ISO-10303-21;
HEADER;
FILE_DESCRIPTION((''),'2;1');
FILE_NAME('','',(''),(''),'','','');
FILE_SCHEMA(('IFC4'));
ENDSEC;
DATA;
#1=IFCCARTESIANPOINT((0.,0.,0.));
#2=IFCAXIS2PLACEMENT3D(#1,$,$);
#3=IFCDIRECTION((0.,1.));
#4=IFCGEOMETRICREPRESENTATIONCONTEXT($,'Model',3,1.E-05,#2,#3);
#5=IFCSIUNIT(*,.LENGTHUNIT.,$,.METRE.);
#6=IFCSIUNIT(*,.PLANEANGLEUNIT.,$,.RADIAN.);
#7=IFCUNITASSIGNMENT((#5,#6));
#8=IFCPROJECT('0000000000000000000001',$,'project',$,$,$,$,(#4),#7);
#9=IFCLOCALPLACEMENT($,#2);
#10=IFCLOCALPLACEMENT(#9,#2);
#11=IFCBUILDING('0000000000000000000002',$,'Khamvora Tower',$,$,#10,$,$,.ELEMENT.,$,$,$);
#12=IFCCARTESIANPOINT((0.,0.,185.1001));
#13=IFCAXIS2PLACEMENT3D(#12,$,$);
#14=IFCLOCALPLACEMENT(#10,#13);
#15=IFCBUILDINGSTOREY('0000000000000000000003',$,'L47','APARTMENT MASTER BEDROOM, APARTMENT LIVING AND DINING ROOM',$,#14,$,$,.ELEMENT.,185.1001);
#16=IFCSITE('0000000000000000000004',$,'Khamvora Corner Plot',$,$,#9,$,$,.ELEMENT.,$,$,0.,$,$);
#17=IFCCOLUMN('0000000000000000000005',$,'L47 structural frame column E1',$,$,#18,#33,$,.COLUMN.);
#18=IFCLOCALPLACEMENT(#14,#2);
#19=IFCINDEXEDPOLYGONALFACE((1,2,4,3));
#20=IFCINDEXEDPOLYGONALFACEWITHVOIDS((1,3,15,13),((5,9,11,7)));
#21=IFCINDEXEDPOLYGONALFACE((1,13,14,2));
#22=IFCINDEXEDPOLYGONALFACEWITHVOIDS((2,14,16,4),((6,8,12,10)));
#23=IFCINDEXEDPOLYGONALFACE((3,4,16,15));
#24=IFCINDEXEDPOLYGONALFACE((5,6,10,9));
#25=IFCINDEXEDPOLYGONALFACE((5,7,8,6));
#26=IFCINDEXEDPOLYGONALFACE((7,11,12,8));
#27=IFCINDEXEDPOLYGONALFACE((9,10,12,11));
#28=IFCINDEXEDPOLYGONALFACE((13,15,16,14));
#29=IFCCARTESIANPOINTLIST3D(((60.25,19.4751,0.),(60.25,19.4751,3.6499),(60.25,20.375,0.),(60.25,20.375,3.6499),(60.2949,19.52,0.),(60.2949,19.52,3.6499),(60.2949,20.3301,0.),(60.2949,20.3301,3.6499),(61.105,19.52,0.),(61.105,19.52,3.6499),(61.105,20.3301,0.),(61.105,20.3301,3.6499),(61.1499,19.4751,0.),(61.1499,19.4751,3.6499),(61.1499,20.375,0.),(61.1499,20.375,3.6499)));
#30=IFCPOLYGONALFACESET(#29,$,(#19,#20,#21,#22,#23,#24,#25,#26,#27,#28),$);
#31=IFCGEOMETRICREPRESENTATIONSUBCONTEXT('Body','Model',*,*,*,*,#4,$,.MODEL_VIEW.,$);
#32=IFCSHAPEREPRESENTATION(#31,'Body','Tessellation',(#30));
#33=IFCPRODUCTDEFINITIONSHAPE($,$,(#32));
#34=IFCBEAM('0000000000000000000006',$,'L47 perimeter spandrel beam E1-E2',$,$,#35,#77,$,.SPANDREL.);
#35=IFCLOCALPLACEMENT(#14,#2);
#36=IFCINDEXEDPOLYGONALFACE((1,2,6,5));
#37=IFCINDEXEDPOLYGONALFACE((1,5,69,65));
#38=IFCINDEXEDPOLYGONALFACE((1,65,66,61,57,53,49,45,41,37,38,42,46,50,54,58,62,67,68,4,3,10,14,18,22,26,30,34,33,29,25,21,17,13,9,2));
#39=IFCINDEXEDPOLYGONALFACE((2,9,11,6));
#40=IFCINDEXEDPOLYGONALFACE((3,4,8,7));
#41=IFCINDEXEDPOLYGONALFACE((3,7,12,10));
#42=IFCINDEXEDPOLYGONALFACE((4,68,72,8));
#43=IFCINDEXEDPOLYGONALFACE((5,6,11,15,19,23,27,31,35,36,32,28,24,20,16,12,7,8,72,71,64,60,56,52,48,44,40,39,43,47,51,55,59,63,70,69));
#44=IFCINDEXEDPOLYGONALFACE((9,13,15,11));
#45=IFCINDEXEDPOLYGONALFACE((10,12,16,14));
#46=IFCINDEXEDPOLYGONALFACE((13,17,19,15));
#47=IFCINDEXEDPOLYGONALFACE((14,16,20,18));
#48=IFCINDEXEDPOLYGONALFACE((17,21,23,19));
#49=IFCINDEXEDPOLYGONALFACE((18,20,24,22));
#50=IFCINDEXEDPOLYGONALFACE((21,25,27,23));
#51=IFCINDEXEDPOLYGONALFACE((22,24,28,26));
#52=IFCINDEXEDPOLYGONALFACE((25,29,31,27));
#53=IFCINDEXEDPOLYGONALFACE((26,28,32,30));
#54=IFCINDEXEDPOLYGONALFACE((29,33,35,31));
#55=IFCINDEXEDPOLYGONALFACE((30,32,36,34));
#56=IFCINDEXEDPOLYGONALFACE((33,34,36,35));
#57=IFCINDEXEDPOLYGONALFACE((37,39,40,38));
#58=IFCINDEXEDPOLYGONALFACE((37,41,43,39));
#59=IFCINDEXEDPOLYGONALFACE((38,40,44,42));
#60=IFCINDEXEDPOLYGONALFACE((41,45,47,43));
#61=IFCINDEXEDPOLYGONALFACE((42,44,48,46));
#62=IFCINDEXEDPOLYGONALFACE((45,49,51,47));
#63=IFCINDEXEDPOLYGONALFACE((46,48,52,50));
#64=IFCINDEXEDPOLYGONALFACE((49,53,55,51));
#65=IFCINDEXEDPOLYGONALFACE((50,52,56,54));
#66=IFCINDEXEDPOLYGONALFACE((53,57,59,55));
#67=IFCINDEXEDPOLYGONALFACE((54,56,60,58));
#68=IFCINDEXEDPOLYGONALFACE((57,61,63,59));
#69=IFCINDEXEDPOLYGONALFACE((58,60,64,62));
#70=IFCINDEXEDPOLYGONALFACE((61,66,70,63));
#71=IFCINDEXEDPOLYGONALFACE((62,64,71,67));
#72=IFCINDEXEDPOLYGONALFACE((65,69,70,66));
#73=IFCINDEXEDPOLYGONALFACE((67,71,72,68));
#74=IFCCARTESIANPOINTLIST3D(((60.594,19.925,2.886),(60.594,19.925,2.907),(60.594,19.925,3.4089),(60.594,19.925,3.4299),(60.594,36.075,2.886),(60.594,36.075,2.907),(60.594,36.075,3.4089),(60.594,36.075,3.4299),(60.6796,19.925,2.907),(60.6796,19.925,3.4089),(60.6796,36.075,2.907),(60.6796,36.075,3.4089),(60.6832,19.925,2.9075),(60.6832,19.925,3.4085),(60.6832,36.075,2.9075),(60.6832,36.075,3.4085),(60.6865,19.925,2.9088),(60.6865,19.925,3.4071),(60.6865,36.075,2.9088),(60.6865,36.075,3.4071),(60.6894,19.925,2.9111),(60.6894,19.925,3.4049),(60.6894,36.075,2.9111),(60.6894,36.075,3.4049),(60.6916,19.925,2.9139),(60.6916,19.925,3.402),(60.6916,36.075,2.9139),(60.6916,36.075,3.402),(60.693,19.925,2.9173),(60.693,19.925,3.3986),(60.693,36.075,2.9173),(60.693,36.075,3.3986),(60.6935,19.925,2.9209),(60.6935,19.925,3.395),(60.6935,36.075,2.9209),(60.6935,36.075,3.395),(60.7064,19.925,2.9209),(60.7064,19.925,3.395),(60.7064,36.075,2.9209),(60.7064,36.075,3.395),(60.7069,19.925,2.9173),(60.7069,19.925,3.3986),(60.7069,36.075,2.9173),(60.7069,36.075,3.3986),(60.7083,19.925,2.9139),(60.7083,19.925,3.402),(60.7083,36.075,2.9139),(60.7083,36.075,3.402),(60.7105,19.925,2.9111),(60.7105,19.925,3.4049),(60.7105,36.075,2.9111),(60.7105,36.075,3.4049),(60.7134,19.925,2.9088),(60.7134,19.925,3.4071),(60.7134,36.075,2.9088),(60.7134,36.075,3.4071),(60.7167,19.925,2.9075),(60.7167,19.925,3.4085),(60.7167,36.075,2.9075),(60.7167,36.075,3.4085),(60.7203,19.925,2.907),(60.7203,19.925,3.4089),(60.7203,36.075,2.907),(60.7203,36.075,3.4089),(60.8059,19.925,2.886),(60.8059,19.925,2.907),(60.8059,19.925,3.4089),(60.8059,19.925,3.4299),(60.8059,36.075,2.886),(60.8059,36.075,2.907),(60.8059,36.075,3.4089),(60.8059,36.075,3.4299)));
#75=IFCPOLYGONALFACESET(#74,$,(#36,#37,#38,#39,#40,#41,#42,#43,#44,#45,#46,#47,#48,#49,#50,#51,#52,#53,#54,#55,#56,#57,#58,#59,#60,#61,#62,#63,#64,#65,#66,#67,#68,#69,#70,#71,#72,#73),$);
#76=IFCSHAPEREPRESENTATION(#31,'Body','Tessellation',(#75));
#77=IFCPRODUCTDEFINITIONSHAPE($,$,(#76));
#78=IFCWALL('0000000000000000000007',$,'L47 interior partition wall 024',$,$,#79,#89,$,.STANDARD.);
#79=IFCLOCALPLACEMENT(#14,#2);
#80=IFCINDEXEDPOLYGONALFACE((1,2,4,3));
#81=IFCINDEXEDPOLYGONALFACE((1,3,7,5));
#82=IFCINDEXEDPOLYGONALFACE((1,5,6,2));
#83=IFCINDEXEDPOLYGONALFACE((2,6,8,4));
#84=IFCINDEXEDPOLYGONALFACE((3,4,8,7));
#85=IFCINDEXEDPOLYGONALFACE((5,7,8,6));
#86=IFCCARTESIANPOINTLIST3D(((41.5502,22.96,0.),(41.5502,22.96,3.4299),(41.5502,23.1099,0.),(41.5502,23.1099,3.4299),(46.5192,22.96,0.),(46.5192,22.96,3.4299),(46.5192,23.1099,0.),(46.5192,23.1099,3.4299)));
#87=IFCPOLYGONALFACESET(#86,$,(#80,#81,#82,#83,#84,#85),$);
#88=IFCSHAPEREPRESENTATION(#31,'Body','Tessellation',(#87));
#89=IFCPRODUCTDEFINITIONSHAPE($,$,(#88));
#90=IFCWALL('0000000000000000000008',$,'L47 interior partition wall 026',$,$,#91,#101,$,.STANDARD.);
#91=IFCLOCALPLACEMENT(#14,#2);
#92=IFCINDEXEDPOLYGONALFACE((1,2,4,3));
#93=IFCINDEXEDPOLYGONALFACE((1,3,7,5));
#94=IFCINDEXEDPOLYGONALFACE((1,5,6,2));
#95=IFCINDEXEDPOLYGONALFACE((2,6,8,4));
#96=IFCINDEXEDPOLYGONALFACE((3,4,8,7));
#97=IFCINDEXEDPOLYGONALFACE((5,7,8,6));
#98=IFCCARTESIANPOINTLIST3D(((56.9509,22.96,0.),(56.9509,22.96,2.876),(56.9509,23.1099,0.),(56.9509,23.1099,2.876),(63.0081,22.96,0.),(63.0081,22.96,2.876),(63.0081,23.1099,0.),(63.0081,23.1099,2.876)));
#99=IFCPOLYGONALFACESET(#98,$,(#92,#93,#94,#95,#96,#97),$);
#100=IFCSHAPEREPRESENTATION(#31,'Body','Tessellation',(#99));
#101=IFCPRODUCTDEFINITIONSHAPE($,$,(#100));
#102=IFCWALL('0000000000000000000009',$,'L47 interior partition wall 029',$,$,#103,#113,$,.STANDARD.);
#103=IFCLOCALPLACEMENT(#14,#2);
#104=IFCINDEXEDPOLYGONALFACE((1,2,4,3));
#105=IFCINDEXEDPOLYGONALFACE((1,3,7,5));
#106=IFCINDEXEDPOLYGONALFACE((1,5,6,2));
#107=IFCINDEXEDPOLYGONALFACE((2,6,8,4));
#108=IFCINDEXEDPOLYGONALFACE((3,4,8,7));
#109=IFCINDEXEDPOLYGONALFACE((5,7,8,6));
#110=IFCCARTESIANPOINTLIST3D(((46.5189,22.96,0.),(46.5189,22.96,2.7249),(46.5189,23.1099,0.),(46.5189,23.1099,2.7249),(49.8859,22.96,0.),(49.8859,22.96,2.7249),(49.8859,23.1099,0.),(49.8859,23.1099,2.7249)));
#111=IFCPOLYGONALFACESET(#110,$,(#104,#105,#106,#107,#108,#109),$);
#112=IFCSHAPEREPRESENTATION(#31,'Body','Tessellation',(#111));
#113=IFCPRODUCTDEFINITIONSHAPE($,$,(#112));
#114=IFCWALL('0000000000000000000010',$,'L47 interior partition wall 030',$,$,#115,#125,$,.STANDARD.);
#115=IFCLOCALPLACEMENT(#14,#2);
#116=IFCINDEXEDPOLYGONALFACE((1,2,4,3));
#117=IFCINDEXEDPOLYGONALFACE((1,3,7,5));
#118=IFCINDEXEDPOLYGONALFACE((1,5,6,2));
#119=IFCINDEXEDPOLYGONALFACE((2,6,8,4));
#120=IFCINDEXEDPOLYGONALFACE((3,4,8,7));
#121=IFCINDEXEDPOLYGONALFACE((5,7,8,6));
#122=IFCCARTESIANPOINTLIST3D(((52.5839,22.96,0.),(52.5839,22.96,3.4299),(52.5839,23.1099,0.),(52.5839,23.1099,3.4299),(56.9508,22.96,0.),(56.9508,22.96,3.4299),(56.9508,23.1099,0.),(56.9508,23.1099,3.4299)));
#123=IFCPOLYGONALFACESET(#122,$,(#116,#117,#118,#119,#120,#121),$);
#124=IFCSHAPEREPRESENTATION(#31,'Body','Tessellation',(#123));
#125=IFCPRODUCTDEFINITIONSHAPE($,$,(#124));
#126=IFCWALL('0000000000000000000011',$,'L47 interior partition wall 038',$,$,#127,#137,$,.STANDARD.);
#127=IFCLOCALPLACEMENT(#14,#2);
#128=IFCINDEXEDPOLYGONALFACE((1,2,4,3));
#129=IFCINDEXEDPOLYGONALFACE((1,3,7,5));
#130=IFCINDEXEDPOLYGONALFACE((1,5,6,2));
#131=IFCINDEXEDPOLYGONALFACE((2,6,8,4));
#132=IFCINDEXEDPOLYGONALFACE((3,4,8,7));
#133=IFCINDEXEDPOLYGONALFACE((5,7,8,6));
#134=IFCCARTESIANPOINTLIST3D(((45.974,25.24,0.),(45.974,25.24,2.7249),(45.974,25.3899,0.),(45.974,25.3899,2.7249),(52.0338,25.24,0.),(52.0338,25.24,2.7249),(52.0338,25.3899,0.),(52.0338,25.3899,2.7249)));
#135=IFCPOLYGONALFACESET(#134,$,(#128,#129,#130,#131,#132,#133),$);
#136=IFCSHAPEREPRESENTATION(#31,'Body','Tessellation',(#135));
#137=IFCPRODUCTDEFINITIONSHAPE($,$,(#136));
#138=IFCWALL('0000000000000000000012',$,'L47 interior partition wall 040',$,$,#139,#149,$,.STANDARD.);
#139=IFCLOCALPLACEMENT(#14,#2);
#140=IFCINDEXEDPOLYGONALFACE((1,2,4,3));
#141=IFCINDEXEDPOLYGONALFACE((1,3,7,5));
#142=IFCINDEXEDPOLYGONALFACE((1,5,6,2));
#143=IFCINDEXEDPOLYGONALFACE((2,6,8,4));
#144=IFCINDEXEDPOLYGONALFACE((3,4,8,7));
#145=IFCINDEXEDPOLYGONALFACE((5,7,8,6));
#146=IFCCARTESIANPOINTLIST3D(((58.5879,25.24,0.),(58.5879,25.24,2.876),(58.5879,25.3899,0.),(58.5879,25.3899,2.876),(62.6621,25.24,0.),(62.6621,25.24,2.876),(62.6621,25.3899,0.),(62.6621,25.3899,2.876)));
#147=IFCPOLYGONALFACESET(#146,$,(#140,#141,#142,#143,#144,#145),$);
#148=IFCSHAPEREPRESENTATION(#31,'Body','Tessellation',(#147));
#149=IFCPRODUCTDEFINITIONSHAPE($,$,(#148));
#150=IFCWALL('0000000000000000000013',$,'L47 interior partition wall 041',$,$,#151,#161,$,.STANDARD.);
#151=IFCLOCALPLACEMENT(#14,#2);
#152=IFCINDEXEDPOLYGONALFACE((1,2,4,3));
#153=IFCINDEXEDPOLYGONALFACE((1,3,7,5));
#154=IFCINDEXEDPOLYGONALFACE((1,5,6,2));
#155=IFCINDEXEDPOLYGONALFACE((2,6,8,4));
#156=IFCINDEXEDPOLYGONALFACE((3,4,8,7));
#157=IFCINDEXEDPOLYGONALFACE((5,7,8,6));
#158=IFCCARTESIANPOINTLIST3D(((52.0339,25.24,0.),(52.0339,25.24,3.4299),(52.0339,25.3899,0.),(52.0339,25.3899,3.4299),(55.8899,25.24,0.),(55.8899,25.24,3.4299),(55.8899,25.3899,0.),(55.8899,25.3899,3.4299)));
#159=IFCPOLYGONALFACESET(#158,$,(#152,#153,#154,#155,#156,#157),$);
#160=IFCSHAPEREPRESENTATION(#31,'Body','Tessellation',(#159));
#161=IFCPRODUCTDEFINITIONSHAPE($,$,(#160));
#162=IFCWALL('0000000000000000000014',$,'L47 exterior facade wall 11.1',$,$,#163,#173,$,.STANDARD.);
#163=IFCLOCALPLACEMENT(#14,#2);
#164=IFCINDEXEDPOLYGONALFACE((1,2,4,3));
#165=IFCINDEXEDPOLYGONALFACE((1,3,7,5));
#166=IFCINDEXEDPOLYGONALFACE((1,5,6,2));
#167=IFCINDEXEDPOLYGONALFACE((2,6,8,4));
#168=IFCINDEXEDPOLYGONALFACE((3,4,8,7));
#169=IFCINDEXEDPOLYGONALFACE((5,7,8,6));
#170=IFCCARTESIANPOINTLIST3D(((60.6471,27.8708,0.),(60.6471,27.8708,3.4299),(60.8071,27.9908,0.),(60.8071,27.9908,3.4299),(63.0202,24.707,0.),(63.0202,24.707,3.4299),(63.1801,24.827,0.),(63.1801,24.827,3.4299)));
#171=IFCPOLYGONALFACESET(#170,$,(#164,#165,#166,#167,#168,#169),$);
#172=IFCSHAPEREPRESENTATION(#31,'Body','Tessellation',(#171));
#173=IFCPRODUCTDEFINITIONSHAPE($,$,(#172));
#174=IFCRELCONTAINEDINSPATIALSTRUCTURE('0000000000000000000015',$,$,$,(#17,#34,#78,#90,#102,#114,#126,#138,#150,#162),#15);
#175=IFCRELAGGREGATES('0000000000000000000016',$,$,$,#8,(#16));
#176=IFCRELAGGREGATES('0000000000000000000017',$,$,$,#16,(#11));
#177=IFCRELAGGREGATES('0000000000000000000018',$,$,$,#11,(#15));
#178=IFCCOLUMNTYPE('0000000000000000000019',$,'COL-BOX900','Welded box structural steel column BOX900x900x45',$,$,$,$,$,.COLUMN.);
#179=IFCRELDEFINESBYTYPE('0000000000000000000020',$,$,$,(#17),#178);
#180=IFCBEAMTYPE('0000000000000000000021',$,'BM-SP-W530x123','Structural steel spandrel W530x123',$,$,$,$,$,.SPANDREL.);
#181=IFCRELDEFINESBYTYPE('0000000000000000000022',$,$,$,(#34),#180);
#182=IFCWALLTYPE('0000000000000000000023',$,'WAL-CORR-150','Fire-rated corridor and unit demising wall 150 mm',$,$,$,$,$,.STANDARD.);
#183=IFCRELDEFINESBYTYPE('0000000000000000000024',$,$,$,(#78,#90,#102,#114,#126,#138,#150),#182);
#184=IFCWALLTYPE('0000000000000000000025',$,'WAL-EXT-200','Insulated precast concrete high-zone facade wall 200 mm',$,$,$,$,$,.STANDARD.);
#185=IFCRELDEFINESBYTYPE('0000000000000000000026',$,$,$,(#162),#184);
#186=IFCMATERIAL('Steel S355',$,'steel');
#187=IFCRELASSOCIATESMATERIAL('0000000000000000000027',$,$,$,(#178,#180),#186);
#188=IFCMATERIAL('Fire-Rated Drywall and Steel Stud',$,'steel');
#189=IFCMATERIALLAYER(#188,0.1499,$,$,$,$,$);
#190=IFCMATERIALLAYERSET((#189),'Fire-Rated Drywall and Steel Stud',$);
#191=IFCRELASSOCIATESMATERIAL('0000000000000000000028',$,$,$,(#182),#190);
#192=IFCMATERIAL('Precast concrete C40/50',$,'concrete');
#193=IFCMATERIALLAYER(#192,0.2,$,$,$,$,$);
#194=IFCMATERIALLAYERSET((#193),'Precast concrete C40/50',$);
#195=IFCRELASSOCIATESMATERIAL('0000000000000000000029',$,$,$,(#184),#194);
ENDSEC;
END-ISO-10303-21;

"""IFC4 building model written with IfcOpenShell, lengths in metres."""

from ifc_helpers import new_model, si_unit, direction, frame, frame_2d, origin, origin_2d, place, context, subcontext, project, spatial, rectangle, hollow_rectangle, i_section, extrude, material, layer, layer_set, material_profile, profile_set, type_object, element, save


model = new_model("IFC4")

# Units and contexts
model_context = context("Model", 3, precision=1e-05, world=origin(), true_north=direction((0.0, 1.0)))
body_context = subcontext(model_context, "Body", "Model", "MODEL_VIEW")
ifc_project = project(units=[si_unit("LENGTHUNIT", "METRE"), si_unit("PLANEANGLEUNIT", "RADIAN")], contexts=[model_context])

# Site, building, storey
site_placement = place(None, origin())
site = spatial("IfcSite", under=ifc_project, at=site_placement, Name="Khamvora Corner Plot", CompositionType="ELEMENT", RefElevation=0.0)
building_placement = place(site_placement, origin())
building = spatial("IfcBuilding", under=site, at=building_placement, Name="Khamvora Tower", CompositionType="ELEMENT")
storey_placement = place(building_placement, frame((0.0, 0.0, 185.1001)))
storey = spatial("IfcBuildingStorey", under=building, at=storey_placement, Name="L47", Description="APARTMENT MASTER BEDROOM, APARTMENT LIVING AND DINING ROOM", CompositionType="ELEMENT", Elevation=185.1001)

# Column
ifc_material_1 = material(Name="Steel S355", Category="steel")
ifc_material_profile_1 = material_profile(ifc_material_1, hollow_rectangle(XDim=0.8999, YDim=0.8999, WallThickness=0.0449, at=origin_2d()), Name="BOX900x900x45")
ifc_profile_set_1 = profile_set([ifc_material_profile_1], Name="Steel S355")
column_type = type_object("IfcColumnType", Name="COL-BOX900", Description="Welded box structural steel column BOX900x900x45", PredefinedType="COLUMN", material=ifc_profile_set_1)
column_placement = place(storey_placement, frame((60.7, 19.925, 0.0), z_axis=(0.0, 0.0, 1.0), x_axis=(1.0, 0.0, 0.0)))
element("IfcColumn", 1, at=column_placement, inside=storey, type_object=column_type, Name="L47 structural frame column E1", PredefinedType="COLUMN", context=body_context, shape_type="SweptSolid", body=[
    extrude(hollow_rectangle(XDim=0.8999, YDim=0.8999, WallThickness=0.0449, at=origin_2d()), origin(), (0.0, 0.0, 1.0), 3.6499),
])

# Beam
ifc_material_profile_2 = material_profile(ifc_material_1, i_section(OverallWidth=0.2119, OverallDepth=0.5439, WebThickness=0.0129, FlangeThickness=0.021, FilletRadius=0.0139, at=origin_2d()), Name="W530x123")
ifc_profile_set_2 = profile_set([ifc_material_profile_2], Name="Steel S355")
beam_type = type_object("IfcBeamType", Name="BM-SP-W530x123", Description="Structural steel spandrel W530x123", PredefinedType="SPANDREL", material=ifc_profile_set_2)
beam_placement = place(storey_placement, frame((60.7, 19.925, 3.158), z_axis=(0.0, 1.0, 0.0), x_axis=(-1.0, 0.0, 0.0)))
element("IfcBeam", 2, at=beam_placement, inside=storey, type_object=beam_type, Name="L47 perimeter spandrel beam E1-E2", PredefinedType="SPANDREL", context=body_context, shape_type="SweptSolid", body=[
    extrude(i_section(OverallWidth=0.2119, OverallDepth=0.5439, WebThickness=0.0129, FlangeThickness=0.021, FilletRadius=0.0139, at=origin_2d()), origin(), (0.0, 0.0, 1.0), 16.1499),
])

# Walls
ifc_material_2 = material(Name="Fire-Rated Drywall and Steel Stud", Category="steel")
ifc_layer_1 = layer(ifc_material_2, 0.1499)
ifc_layer_set_1 = layer_set([ifc_layer_1], Name="Fire-Rated Drywall and Steel Stud")
wall_type_1 = type_object("IfcWallType", Name="WAL-CORR-150", Description="Fire-rated corridor and unit demising wall 150 mm", PredefinedType="STANDARD", material=ifc_layer_set_1)
wall_1_placement = place(storey_placement, frame((46.519, 23.0349, 0.0), z_axis=(0.0, 0.0, 1.0), x_axis=(-1.0, 0.0, 0.0)))
element("IfcWall", 3, at=wall_1_placement, inside=storey, type_object=wall_type_1, Name="L47 interior partition wall 024", PredefinedType="STANDARD", context=body_context, shape_type="SweptSolid", body=[
    extrude(rectangle(XDim=4.969, YDim=0.1499, at=frame_2d((2.4844, 0.0))), origin(), (0.0, 0.0, 1.0), 3.4299),
])
wall_2_placement = place(storey_placement, frame((63.0081, 23.0349, 0.0), z_axis=(0.0, 0.0, 1.0), x_axis=(-1.0, 0.0, 0.0)))
element("IfcWall", 4, at=wall_2_placement, inside=storey, type_object=wall_type_1, Name="L47 interior partition wall 026", PredefinedType="STANDARD", context=body_context, shape_type="SweptSolid", body=[
    extrude(rectangle(XDim=6.0571, YDim=0.1499, at=frame_2d((3.0286, 0.0))), origin(), (0.0, 0.0, 1.0), 2.876),
])

# Walls
wall_3_placement = place(storey_placement, frame((49.886, 23.0349, 0.0), z_axis=(0.0, 0.0, 1.0), x_axis=(-1.0, 0.0, 0.0)))
element("IfcWall", 5, at=wall_3_placement, inside=storey, type_object=wall_type_1, Name="L47 interior partition wall 029", PredefinedType="STANDARD", context=body_context, shape_type="SweptSolid", body=[
    extrude(rectangle(XDim=3.3669, YDim=0.1499, at=frame_2d((1.6836, 0.0))), origin(), (0.0, 0.0, 1.0), 2.7249),
])
wall_4_placement = place(storey_placement, frame((56.9509, 23.0349, 0.0), z_axis=(0.0, 0.0, 1.0), x_axis=(-1.0, 0.0, 0.0)))
element("IfcWall", 6, at=wall_4_placement, inside=storey, type_object=wall_type_1, Name="L47 interior partition wall 030", PredefinedType="STANDARD", context=body_context, shape_type="SweptSolid", body=[
    extrude(rectangle(XDim=4.3669, YDim=0.1499, at=frame_2d((2.1836, 0.0))), origin(), (0.0, 0.0, 1.0), 3.4299),
])
wall_5_placement = place(storey_placement, frame((45.9741, 25.3149, 0.0), z_axis=(0.0, 0.0, 1.0), x_axis=(1.0, 0.0, 0.0)))
element("IfcWall", 7, at=wall_5_placement, inside=storey, type_object=wall_type_1, Name="L47 interior partition wall 038", PredefinedType="STANDARD", context=body_context, shape_type="SweptSolid", body=[
    extrude(rectangle(XDim=6.0598, YDim=0.1499, at=frame_2d((3.0298, 0.0))), origin(), (0.0, 0.0, 1.0), 2.7249),
])

# Walls
wall_6_placement = place(storey_placement, frame((58.5879, 25.3149, 0.0), z_axis=(0.0, 0.0, 1.0), x_axis=(1.0, 0.0, 0.0)))
element("IfcWall", 8, at=wall_6_placement, inside=storey, type_object=wall_type_1, Name="L47 interior partition wall 040", PredefinedType="STANDARD", context=body_context, shape_type="SweptSolid", body=[
    extrude(rectangle(XDim=4.0742, YDim=0.1499, at=frame_2d((2.0371, 0.0))), origin(), (0.0, 0.0, 1.0), 2.876),
])
wall_7_placement = place(storey_placement, frame((52.0339, 25.3149, 0.0), z_axis=(0.0, 0.0, 1.0), x_axis=(1.0, 0.0, 0.0)))
element("IfcWall", 9, at=wall_7_placement, inside=storey, type_object=wall_type_1, Name="L47 interior partition wall 041", PredefinedType="STANDARD", context=body_context, shape_type="SweptSolid", body=[
    extrude(rectangle(XDim=3.856, YDim=0.1499, at=frame_2d((1.928, 0.0))), origin(), (0.0, 0.0, 1.0), 3.4299),
])
ifc_material_3 = material(Name="Precast concrete C40/50", Category="concrete")
ifc_layer_2 = layer(ifc_material_3, 0.2)
ifc_layer_set_2 = layer_set([ifc_layer_2], Name="Precast concrete C40/50")
wall_type_2 = type_object("IfcWallType", Name="WAL-EXT-200", Description="Insulated precast concrete high-zone facade wall 200 mm", PredefinedType="STANDARD", material=ifc_layer_set_2)
wall_8_placement = place(storey_placement, frame((60.7271, 27.9309, 0.0), z_axis=(0.0, 0.0, 1.0), x_axis=(0.60003, -0.799978, 0.0)))
element("IfcWall", 10, at=wall_8_placement, inside=storey, type_object=wall_type_2, Name="L47 exterior facade wall 11.1", PredefinedType="STANDARD", context=body_context, shape_type="SweptSolid", body=[
    extrude(rectangle(XDim=3.9548, YDim=0.2, at=frame_2d((1.9775, 0.0))), origin(), (0.0, 0.0, 1.0), 3.4299),
])

save(model, "model.ifc")
